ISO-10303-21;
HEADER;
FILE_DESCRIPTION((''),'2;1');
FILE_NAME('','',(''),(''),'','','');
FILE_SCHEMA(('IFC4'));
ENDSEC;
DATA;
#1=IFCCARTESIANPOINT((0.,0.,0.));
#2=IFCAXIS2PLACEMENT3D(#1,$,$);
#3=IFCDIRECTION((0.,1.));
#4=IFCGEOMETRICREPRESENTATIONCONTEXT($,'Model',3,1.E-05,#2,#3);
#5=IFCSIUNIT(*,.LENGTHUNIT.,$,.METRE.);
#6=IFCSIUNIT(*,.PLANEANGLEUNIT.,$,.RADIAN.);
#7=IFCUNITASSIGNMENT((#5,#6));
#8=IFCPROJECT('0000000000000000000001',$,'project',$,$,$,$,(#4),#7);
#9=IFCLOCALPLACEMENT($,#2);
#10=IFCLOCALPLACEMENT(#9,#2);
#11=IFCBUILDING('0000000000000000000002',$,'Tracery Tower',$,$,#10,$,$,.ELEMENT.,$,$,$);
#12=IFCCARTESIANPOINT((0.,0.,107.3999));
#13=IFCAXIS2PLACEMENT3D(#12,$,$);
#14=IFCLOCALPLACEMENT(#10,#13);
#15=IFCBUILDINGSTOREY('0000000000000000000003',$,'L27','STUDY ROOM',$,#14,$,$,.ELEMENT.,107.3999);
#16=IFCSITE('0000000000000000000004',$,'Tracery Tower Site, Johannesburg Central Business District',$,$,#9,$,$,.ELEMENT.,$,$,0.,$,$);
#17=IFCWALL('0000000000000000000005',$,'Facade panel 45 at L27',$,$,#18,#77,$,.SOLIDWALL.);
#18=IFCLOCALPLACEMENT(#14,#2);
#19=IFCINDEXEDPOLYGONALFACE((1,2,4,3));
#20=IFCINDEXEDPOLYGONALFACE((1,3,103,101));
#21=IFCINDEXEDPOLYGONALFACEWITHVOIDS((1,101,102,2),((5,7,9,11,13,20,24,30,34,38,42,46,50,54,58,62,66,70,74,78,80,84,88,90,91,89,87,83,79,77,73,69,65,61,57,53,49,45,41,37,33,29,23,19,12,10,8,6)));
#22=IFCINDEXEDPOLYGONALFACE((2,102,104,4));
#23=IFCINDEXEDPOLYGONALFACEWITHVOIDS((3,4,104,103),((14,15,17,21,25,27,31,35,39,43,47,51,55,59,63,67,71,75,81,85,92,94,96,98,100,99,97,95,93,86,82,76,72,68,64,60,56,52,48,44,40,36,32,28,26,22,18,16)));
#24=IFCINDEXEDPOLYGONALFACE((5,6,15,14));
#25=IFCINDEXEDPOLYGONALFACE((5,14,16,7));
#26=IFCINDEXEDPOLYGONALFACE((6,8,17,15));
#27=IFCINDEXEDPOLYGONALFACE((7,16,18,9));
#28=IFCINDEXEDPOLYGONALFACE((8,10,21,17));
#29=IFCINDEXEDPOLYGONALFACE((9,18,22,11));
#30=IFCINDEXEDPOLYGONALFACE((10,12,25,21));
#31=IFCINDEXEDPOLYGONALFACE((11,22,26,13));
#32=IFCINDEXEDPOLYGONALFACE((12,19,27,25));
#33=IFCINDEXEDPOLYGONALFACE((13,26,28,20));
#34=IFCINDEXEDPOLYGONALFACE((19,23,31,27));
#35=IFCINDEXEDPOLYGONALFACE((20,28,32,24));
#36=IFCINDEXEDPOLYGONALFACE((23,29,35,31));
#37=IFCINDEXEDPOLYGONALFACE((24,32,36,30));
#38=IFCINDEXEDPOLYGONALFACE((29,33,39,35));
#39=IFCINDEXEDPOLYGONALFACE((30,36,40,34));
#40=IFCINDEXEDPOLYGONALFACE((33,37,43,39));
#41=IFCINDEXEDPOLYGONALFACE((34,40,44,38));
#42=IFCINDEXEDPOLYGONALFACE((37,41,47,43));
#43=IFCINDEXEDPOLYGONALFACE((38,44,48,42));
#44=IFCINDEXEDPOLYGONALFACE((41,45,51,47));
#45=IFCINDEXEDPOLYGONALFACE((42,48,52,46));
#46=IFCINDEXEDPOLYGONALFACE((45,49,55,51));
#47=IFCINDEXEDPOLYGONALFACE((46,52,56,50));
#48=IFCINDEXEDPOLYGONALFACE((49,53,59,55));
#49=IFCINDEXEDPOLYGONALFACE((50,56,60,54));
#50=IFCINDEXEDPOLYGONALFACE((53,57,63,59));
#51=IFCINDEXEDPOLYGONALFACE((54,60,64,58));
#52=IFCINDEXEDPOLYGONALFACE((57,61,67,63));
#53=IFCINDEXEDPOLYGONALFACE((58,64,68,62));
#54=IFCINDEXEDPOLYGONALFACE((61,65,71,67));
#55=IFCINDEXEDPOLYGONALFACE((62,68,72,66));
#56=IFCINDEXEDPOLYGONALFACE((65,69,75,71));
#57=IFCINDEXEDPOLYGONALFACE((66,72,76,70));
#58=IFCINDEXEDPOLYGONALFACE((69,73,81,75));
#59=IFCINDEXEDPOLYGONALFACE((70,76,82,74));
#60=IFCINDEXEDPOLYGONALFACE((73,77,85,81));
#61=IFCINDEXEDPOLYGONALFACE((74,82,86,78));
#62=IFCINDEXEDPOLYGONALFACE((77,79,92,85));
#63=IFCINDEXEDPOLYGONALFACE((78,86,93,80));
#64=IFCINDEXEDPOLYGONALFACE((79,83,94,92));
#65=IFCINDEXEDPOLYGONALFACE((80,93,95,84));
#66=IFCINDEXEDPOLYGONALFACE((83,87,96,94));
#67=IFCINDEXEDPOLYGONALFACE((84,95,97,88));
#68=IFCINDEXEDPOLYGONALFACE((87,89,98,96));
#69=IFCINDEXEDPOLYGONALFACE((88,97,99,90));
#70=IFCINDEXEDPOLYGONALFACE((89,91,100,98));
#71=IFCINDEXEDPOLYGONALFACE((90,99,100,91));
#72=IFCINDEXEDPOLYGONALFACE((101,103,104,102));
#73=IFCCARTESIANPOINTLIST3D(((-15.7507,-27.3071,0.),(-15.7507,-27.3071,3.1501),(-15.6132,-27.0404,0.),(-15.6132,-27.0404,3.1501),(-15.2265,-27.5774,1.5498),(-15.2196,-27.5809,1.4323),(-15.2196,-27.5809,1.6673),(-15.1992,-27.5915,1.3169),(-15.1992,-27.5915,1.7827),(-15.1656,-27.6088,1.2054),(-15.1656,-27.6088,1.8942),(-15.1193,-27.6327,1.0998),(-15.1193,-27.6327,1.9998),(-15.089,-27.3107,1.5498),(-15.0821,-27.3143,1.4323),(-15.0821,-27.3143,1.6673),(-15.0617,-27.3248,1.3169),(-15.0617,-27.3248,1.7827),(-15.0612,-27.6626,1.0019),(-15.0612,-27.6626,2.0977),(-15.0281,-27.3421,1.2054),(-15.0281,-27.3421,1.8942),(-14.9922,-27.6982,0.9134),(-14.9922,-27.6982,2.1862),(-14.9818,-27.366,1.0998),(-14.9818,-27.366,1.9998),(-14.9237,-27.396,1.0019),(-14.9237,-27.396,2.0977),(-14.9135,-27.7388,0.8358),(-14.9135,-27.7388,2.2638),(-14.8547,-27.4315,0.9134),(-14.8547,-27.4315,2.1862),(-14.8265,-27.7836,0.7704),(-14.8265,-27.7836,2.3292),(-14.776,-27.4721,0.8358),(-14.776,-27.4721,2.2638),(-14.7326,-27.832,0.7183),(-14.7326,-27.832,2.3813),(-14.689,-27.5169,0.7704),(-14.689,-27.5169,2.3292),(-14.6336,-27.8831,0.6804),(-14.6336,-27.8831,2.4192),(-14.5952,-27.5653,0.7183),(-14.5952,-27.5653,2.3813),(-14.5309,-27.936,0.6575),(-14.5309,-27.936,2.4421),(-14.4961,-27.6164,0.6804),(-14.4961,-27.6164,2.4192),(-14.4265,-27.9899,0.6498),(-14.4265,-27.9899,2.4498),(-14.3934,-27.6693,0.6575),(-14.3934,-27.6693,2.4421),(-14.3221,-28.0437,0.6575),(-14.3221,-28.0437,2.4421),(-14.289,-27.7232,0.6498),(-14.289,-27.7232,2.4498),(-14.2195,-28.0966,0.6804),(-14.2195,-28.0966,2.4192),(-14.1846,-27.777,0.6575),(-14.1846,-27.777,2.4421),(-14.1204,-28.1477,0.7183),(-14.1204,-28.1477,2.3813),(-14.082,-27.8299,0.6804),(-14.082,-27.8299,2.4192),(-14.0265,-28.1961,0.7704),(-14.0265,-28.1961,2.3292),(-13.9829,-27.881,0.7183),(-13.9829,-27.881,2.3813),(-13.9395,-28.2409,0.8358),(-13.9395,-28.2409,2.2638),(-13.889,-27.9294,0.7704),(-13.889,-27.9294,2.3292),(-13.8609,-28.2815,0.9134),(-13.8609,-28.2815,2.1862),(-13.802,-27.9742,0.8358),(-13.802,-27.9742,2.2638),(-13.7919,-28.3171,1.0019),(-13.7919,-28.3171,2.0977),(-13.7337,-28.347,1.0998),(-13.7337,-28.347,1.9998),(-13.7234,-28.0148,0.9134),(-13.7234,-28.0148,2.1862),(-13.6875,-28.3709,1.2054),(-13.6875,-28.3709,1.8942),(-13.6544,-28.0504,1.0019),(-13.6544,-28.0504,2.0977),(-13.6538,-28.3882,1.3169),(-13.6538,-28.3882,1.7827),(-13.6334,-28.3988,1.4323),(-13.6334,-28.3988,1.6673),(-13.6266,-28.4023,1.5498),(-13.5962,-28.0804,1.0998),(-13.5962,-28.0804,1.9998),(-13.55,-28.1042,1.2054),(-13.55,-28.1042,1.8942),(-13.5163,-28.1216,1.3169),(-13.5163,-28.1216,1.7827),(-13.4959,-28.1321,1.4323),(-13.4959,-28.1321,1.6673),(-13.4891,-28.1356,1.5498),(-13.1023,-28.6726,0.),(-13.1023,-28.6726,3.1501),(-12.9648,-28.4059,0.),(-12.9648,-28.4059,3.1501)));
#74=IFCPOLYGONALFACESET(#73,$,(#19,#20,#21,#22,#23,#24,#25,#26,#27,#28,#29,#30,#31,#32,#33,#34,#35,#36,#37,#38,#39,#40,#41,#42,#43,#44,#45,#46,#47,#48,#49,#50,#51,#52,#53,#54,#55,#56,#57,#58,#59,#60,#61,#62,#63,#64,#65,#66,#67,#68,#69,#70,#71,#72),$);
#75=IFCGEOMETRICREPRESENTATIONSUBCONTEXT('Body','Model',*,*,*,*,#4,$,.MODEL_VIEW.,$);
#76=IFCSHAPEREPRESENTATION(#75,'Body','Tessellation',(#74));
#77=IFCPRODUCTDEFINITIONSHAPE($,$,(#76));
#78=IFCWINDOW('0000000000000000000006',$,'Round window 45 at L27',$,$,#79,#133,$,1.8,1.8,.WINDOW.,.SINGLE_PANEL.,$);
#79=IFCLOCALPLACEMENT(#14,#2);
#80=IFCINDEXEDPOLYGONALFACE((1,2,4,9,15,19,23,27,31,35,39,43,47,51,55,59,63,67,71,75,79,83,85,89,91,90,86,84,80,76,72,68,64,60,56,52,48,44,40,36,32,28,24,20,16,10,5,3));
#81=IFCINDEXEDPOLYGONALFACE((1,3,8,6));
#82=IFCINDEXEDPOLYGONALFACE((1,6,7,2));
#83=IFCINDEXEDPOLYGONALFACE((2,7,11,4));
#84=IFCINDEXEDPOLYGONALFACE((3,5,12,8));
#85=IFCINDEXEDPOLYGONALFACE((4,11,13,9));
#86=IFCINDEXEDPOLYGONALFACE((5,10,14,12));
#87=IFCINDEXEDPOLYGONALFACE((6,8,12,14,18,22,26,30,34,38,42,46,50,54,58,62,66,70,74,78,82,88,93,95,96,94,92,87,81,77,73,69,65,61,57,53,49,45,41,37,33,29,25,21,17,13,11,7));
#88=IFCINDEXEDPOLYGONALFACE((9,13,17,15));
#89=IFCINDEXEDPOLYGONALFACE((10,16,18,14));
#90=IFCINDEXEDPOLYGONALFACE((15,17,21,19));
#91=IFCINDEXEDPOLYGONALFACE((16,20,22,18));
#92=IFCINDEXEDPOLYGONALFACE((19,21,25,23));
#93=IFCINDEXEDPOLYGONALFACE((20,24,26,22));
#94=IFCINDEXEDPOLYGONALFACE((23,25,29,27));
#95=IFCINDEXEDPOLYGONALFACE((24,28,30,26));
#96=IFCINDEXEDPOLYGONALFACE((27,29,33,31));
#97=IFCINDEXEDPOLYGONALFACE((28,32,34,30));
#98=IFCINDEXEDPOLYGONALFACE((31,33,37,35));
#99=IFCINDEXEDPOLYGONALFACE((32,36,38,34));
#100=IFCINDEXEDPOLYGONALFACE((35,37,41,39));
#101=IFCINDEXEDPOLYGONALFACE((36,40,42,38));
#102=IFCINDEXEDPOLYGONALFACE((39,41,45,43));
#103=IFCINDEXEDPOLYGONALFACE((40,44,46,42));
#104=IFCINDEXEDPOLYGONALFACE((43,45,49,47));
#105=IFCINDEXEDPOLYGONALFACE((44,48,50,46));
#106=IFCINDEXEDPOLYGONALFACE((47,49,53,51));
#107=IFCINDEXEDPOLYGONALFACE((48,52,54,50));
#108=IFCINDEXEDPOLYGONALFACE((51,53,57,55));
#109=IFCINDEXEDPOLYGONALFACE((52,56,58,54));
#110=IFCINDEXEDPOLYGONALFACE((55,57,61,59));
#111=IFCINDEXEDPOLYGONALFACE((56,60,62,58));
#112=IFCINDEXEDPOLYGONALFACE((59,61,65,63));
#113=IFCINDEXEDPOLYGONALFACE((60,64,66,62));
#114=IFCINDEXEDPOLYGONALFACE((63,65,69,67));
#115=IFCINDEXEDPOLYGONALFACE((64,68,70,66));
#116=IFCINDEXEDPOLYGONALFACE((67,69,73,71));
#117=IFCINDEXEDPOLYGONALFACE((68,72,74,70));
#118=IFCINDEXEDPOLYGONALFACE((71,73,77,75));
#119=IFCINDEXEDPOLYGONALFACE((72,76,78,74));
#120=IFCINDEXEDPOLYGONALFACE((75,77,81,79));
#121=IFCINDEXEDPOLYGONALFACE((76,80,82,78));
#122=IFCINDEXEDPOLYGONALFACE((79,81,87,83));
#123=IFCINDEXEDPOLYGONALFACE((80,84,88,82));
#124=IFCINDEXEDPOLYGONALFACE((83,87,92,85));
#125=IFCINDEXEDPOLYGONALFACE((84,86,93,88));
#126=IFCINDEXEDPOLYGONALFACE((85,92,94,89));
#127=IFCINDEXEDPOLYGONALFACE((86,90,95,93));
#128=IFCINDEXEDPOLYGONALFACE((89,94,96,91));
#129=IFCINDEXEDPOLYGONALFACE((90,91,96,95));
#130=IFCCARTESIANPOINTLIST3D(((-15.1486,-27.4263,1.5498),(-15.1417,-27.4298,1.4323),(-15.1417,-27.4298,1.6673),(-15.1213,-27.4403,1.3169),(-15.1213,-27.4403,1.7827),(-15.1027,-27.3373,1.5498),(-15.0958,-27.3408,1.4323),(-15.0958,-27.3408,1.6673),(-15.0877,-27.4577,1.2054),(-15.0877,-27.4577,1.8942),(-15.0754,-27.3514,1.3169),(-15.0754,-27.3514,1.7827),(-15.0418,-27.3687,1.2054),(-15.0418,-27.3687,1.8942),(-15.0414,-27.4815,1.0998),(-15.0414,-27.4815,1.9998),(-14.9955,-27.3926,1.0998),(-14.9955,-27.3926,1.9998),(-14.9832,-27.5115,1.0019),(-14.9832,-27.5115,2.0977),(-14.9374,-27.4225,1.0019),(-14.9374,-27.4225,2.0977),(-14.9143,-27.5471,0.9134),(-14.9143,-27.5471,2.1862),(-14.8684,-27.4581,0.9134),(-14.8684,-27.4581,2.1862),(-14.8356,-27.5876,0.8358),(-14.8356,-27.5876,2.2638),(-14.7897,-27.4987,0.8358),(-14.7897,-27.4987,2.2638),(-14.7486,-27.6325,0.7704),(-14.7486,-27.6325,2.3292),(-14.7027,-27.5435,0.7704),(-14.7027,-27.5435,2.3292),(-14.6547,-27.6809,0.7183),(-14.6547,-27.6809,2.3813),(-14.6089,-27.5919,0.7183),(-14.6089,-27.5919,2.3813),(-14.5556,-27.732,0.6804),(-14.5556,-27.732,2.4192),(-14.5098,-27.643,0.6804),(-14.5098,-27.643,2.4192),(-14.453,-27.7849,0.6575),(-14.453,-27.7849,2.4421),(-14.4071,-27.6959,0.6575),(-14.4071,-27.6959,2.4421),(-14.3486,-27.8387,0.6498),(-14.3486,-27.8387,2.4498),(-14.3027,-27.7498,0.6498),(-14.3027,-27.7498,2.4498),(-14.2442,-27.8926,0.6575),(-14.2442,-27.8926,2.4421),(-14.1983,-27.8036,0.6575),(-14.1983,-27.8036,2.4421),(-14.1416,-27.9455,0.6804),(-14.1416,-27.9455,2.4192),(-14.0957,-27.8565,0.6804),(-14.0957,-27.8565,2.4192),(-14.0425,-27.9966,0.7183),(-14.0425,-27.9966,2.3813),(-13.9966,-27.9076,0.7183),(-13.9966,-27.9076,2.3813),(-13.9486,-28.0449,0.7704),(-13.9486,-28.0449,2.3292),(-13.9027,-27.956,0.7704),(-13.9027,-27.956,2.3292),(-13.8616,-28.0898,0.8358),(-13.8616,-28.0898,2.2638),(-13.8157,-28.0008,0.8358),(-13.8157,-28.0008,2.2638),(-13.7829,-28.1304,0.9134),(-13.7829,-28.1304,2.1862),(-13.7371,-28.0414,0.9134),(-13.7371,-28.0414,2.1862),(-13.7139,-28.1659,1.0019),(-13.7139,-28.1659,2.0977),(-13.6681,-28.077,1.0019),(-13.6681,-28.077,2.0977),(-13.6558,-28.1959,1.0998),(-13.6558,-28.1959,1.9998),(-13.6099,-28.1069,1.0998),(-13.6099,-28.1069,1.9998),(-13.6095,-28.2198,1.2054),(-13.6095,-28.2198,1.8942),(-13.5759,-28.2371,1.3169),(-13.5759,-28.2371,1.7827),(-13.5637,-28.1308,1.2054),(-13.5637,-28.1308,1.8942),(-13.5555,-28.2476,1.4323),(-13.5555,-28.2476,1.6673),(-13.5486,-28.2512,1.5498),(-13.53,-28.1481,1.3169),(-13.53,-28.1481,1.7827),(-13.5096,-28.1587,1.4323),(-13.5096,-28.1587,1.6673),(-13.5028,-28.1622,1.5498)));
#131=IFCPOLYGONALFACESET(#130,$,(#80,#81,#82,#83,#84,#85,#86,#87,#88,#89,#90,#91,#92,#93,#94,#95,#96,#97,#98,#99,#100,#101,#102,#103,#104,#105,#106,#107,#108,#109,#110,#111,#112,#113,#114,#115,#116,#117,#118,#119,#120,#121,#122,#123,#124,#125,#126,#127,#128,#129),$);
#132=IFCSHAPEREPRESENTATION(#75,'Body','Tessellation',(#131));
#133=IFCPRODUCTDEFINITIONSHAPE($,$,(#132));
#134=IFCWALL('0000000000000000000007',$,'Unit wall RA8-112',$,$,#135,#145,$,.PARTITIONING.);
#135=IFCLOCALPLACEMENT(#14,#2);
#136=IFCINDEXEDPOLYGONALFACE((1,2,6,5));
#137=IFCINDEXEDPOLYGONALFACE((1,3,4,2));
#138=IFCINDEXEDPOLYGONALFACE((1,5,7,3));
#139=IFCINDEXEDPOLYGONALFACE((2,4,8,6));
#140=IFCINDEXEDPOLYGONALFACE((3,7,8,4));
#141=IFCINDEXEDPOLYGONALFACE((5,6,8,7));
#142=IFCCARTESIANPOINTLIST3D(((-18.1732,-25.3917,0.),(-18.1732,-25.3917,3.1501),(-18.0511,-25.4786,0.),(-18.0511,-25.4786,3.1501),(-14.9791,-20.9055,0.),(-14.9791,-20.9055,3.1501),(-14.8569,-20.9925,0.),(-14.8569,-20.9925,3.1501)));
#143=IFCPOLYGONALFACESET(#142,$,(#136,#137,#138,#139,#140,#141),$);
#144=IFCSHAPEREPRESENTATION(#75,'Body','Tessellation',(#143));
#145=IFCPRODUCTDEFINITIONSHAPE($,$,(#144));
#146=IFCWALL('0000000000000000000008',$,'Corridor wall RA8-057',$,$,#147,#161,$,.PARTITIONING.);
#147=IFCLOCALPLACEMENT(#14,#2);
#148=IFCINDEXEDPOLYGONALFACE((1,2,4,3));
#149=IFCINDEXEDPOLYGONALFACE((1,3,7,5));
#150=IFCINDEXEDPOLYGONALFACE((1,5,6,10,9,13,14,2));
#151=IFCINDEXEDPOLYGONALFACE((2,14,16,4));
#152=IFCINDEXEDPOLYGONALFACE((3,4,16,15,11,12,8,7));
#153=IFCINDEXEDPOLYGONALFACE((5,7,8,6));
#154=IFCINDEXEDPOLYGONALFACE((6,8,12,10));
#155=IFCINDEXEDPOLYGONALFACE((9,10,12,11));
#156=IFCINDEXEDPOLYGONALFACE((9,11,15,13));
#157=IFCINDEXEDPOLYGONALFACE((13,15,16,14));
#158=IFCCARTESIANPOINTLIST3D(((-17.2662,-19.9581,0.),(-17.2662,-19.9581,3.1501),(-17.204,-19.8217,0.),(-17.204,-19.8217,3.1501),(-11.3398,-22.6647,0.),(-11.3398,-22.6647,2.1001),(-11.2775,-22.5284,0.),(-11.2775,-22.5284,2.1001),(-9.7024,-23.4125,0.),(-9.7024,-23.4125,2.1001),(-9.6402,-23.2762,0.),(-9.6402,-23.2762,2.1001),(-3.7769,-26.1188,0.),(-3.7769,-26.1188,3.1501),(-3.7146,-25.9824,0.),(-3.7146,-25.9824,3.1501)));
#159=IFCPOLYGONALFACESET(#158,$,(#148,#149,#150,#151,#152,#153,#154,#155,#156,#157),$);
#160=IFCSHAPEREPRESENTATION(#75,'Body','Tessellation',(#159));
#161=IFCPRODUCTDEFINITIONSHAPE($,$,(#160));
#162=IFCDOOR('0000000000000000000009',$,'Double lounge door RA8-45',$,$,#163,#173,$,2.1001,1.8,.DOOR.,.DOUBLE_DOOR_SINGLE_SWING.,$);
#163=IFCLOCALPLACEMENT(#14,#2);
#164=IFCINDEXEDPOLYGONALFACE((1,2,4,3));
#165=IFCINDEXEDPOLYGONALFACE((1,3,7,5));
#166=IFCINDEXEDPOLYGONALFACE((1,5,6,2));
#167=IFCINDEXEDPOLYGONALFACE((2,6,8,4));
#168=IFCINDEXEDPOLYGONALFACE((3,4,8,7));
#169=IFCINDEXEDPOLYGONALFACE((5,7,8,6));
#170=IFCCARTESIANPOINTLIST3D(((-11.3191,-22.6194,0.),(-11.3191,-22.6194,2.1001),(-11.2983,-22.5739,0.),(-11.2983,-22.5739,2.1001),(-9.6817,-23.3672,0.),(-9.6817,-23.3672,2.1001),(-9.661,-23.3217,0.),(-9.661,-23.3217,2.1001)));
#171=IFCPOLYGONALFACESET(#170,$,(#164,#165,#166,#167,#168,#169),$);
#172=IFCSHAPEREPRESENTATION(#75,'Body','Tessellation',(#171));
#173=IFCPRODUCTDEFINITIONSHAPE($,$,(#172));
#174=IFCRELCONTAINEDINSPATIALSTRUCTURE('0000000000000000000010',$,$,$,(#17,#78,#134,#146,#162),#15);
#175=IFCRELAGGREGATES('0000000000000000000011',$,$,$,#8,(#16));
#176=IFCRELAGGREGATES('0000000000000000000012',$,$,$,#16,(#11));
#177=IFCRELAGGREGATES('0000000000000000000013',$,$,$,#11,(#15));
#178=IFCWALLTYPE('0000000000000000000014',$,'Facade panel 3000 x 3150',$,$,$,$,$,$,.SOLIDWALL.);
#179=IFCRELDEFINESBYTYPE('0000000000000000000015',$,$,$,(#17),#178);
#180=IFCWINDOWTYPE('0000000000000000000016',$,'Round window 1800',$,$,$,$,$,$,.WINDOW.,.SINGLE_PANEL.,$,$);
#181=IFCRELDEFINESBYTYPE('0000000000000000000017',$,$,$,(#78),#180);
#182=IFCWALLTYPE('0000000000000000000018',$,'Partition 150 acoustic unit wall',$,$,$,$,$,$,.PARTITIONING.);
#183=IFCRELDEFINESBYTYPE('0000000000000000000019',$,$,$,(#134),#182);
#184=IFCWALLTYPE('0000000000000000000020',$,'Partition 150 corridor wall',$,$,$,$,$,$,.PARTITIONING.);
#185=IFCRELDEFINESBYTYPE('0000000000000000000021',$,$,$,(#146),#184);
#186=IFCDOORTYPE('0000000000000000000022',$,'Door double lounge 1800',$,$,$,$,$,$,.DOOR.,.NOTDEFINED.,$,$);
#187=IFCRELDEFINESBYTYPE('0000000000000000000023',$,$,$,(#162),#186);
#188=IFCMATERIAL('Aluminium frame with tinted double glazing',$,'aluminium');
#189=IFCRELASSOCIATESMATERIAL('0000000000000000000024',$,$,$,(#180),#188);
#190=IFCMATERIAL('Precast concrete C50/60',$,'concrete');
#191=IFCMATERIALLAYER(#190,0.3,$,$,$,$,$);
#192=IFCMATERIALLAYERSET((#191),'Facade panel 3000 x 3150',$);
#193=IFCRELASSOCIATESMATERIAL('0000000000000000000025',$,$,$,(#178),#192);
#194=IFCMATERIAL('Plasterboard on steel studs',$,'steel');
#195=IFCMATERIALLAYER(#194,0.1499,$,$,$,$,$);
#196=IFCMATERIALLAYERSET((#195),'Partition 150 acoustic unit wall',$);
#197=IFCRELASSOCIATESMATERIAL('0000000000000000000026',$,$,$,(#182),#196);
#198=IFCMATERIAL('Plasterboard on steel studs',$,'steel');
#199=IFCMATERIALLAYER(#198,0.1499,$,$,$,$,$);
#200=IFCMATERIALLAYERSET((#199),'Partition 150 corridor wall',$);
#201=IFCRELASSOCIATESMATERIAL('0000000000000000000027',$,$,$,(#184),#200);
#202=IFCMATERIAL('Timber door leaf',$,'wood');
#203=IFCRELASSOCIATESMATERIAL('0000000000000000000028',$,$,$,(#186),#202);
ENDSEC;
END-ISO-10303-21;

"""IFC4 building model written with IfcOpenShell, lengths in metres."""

from ifc_helpers import new_model, si_unit, direction, frame, frame_2d, origin, origin_2d, place, context, subcontext, project, spatial, rectangle, circle, extrude, material, layer, layer_set, type_object, element, fill, save


model = new_model("IFC4")

# Units and contexts
model_context = context("Model", 3, precision=1e-05, world=origin(), true_north=direction((0.0, 1.0)))
body_context = subcontext(model_context, "Body", "Model", "MODEL_VIEW")
ifc_project = project(units=[si_unit("LENGTHUNIT", "METRE"), si_unit("PLANEANGLEUNIT", "RADIAN")], contexts=[model_context])

# Site, building, storey
site_placement = place(None, origin())
site = spatial("IfcSite", under=ifc_project, at=site_placement, Name="Tracery Tower Site, Johannesburg Central Business District", CompositionType="ELEMENT", RefElevation=0.0)
building_placement = place(site_placement, origin())
building = spatial("IfcBuilding", under=site, at=building_placement, Name="Tracery Tower", CompositionType="ELEMENT")
storey_placement = place(building_placement, frame((0.0, 0.0, 107.3999)))
storey = spatial("IfcBuildingStorey", under=building, at=storey_placement, Name="L27", Description="STUDY ROOM", CompositionType="ELEMENT", Elevation=107.3999)

# Wall, opening, window
ifc_material_1 = material(Name="Aluminium frame with tinted double glazing", Category="aluminium")
window_type = type_object("IfcWindowType", Name="Round window 1800", PartitioningType="SINGLE_PANEL", PredefinedType="WINDOW", material=ifc_material_1)
ifc_material_2 = material(Name="Precast concrete C50/60", Category="concrete")
ifc_layer_1 = layer(ifc_material_2, 0.3)
ifc_layer_set_1 = layer_set([ifc_layer_1], Name="Facade panel 3000 x 3150")
wall_type_1 = type_object("IfcWallType", Name="Facade panel 3000 x 3150", PredefinedType="SOLIDWALL", material=ifc_layer_set_1)
wall_1_placement = place(storey_placement, frame((-15.6819, -27.1738, 0.0), z_axis=(0.0, 0.0, 1.0), x_axis=(0.88882, -0.458257, 0.0)))
wall_1 = element("IfcWall", 1, at=wall_1_placement, inside=storey, type_object=wall_type_1, Name="Facade panel 45 at L27", PredefinedType="SOLIDWALL", context=body_context, shape_type="SweptSolid", body=[
    extrude(rectangle(XDim=2.9797, YDim=0.3, at=frame_2d((1.4897, 0.0))), origin(), (0.0, 0.0, 1.0), 3.1501),
])
opening_1_placement = place(wall_1_placement, frame((1.4897, 0.0, 1.5498)))
opening_1 = element("IfcOpeningElement", 2, at=opening_1_placement, cuts=wall_1, PredefinedType="OPENING", context=body_context, shape_type="SweptSolid", body=[
    extrude(circle(Radius=0.9, at=origin_2d()), frame((0.0, 0.1599, 0.0), z_axis=(0.0, -1.0, 0.0), x_axis=(1.0, 0.0, 0.0)), (0.0, 0.0, 1.0), 0.3201),
])
window_1_placement = place(opening_1_placement, origin())
window_1 = element("IfcWindow", 3, at=window_1_placement, inside=storey, type_object=window_type, Name="Round window 45 at L27", OverallHeight=1.8, OverallWidth=1.8, PartitioningType="SINGLE_PANEL", PredefinedType="WINDOW", context=body_context, shape_type="SweptSolid", body=[
    extrude(circle(Radius=0.9, at=origin_2d()), frame((0.0, 0.1201, 0.0), z_axis=(0.0, -1.0, 0.0), x_axis=(1.0, 0.0, 0.0)), (0.0, 0.0, 1.0), 0.1001),
])
fill(opening_1, window_1)

# Wall
ifc_material_3 = material(Name="Plasterboard on steel studs", Category="steel")
ifc_layer_2 = layer(ifc_material_3, 0.1499)
ifc_layer_set_2 = layer_set([ifc_layer_2], Name="Partition 150 acoustic unit wall")
wall_type_2 = type_object("IfcWallType", Name="Partition 150 acoustic unit wall", PredefinedType="PARTITIONING", material=ifc_layer_set_2)
wall_2_placement = place(storey_placement, frame((-18.1121, -25.4351, 0.0), z_axis=(0.0, 0.0, 1.0), x_axis=(0.580005, 0.814613, 0.0)))
element("IfcWall", 4, at=wall_2_placement, inside=storey, type_object=wall_type_2, Name="Unit wall RA8-112", PredefinedType="PARTITIONING", context=body_context, shape_type="SweptSolid", body=[
    extrude(rectangle(XDim=5.5071, YDim=0.1499, at=frame_2d((2.7534, 0.0))), origin(), (0.0, 0.0, 1.0), 3.1501),
])

# Wall, opening, door
ifc_material_4 = material(Name="Plasterboard on steel studs", Category="steel")
ifc_layer_3 = layer(ifc_material_4, 0.1499)
ifc_layer_set_3 = layer_set([ifc_layer_3], Name="Partition 150 corridor wall")
wall_type_3 = type_object("IfcWallType", Name="Partition 150 corridor wall", PredefinedType="PARTITIONING", material=ifc_layer_set_3)
wall_3_placement = place(storey_placement, frame((-17.2351, -19.8899, 0.0), z_axis=(0.0, 0.0, 1.0), x_axis=(0.909624, -0.415432, 0.0)))
wall_3 = element("IfcWall", 5, at=wall_3_placement, inside=storey, type_object=wall_type_3, Name="Corridor wall RA8-057", PredefinedType="PARTITIONING", context=body_context, shape_type="SweptSolid", body=[
    extrude(rectangle(XDim=14.8296, YDim=0.1499, at=frame_2d((7.4148, 0.0))), origin(), (0.0, 0.0, 1.0), 3.1501),
])
opening_2_placement = place(wall_3_placement, frame((6.5154, 0.0, 0.0)))
opening_2 = element("IfcOpeningElement", 6, at=opening_2_placement, cuts=wall_3, PredefinedType="OPENING", context=body_context, shape_type="SweptSolid", body=[
    extrude(rectangle(XDim=1.8, YDim=2.1001, at=frame_2d((0.8999, 1.05))), frame((0.0, 0.075, 0.0), z_axis=(0.0, -1.0, 0.0), x_axis=(1.0, 0.0, 0.0)), (0.0, 0.0, 1.0), 0.1499),
])
ifc_material_5 = material(Name="Timber door leaf", Category="wood")
door_type = type_object("IfcDoorType", Name="Door double lounge 1800", OperationType="NOTDEFINED", PredefinedType="DOOR", material=ifc_material_5)
door_placement = place(opening_2_placement, origin())
door = element("IfcDoor", 7, at=door_placement, inside=storey, type_object=door_type, Name="Double lounge door RA8-45", OperationType="DOUBLE_DOOR_SINGLE_SWING", OverallHeight=2.1001, OverallWidth=1.8, PredefinedType="DOOR", context=body_context, shape_type="SweptSolid", body=[
    extrude(rectangle(XDim=1.8, YDim=2.1001, at=frame_2d((0.8999, 1.05))), frame((0.0, 0.0249, 0.0), z_axis=(0.0, -1.0, 0.0), x_axis=(1.0, 0.0, 0.0)), (0.0, 0.0, 1.0), 0.05),
])
fill(opening_2, door)

save(model, "model.ifc")
